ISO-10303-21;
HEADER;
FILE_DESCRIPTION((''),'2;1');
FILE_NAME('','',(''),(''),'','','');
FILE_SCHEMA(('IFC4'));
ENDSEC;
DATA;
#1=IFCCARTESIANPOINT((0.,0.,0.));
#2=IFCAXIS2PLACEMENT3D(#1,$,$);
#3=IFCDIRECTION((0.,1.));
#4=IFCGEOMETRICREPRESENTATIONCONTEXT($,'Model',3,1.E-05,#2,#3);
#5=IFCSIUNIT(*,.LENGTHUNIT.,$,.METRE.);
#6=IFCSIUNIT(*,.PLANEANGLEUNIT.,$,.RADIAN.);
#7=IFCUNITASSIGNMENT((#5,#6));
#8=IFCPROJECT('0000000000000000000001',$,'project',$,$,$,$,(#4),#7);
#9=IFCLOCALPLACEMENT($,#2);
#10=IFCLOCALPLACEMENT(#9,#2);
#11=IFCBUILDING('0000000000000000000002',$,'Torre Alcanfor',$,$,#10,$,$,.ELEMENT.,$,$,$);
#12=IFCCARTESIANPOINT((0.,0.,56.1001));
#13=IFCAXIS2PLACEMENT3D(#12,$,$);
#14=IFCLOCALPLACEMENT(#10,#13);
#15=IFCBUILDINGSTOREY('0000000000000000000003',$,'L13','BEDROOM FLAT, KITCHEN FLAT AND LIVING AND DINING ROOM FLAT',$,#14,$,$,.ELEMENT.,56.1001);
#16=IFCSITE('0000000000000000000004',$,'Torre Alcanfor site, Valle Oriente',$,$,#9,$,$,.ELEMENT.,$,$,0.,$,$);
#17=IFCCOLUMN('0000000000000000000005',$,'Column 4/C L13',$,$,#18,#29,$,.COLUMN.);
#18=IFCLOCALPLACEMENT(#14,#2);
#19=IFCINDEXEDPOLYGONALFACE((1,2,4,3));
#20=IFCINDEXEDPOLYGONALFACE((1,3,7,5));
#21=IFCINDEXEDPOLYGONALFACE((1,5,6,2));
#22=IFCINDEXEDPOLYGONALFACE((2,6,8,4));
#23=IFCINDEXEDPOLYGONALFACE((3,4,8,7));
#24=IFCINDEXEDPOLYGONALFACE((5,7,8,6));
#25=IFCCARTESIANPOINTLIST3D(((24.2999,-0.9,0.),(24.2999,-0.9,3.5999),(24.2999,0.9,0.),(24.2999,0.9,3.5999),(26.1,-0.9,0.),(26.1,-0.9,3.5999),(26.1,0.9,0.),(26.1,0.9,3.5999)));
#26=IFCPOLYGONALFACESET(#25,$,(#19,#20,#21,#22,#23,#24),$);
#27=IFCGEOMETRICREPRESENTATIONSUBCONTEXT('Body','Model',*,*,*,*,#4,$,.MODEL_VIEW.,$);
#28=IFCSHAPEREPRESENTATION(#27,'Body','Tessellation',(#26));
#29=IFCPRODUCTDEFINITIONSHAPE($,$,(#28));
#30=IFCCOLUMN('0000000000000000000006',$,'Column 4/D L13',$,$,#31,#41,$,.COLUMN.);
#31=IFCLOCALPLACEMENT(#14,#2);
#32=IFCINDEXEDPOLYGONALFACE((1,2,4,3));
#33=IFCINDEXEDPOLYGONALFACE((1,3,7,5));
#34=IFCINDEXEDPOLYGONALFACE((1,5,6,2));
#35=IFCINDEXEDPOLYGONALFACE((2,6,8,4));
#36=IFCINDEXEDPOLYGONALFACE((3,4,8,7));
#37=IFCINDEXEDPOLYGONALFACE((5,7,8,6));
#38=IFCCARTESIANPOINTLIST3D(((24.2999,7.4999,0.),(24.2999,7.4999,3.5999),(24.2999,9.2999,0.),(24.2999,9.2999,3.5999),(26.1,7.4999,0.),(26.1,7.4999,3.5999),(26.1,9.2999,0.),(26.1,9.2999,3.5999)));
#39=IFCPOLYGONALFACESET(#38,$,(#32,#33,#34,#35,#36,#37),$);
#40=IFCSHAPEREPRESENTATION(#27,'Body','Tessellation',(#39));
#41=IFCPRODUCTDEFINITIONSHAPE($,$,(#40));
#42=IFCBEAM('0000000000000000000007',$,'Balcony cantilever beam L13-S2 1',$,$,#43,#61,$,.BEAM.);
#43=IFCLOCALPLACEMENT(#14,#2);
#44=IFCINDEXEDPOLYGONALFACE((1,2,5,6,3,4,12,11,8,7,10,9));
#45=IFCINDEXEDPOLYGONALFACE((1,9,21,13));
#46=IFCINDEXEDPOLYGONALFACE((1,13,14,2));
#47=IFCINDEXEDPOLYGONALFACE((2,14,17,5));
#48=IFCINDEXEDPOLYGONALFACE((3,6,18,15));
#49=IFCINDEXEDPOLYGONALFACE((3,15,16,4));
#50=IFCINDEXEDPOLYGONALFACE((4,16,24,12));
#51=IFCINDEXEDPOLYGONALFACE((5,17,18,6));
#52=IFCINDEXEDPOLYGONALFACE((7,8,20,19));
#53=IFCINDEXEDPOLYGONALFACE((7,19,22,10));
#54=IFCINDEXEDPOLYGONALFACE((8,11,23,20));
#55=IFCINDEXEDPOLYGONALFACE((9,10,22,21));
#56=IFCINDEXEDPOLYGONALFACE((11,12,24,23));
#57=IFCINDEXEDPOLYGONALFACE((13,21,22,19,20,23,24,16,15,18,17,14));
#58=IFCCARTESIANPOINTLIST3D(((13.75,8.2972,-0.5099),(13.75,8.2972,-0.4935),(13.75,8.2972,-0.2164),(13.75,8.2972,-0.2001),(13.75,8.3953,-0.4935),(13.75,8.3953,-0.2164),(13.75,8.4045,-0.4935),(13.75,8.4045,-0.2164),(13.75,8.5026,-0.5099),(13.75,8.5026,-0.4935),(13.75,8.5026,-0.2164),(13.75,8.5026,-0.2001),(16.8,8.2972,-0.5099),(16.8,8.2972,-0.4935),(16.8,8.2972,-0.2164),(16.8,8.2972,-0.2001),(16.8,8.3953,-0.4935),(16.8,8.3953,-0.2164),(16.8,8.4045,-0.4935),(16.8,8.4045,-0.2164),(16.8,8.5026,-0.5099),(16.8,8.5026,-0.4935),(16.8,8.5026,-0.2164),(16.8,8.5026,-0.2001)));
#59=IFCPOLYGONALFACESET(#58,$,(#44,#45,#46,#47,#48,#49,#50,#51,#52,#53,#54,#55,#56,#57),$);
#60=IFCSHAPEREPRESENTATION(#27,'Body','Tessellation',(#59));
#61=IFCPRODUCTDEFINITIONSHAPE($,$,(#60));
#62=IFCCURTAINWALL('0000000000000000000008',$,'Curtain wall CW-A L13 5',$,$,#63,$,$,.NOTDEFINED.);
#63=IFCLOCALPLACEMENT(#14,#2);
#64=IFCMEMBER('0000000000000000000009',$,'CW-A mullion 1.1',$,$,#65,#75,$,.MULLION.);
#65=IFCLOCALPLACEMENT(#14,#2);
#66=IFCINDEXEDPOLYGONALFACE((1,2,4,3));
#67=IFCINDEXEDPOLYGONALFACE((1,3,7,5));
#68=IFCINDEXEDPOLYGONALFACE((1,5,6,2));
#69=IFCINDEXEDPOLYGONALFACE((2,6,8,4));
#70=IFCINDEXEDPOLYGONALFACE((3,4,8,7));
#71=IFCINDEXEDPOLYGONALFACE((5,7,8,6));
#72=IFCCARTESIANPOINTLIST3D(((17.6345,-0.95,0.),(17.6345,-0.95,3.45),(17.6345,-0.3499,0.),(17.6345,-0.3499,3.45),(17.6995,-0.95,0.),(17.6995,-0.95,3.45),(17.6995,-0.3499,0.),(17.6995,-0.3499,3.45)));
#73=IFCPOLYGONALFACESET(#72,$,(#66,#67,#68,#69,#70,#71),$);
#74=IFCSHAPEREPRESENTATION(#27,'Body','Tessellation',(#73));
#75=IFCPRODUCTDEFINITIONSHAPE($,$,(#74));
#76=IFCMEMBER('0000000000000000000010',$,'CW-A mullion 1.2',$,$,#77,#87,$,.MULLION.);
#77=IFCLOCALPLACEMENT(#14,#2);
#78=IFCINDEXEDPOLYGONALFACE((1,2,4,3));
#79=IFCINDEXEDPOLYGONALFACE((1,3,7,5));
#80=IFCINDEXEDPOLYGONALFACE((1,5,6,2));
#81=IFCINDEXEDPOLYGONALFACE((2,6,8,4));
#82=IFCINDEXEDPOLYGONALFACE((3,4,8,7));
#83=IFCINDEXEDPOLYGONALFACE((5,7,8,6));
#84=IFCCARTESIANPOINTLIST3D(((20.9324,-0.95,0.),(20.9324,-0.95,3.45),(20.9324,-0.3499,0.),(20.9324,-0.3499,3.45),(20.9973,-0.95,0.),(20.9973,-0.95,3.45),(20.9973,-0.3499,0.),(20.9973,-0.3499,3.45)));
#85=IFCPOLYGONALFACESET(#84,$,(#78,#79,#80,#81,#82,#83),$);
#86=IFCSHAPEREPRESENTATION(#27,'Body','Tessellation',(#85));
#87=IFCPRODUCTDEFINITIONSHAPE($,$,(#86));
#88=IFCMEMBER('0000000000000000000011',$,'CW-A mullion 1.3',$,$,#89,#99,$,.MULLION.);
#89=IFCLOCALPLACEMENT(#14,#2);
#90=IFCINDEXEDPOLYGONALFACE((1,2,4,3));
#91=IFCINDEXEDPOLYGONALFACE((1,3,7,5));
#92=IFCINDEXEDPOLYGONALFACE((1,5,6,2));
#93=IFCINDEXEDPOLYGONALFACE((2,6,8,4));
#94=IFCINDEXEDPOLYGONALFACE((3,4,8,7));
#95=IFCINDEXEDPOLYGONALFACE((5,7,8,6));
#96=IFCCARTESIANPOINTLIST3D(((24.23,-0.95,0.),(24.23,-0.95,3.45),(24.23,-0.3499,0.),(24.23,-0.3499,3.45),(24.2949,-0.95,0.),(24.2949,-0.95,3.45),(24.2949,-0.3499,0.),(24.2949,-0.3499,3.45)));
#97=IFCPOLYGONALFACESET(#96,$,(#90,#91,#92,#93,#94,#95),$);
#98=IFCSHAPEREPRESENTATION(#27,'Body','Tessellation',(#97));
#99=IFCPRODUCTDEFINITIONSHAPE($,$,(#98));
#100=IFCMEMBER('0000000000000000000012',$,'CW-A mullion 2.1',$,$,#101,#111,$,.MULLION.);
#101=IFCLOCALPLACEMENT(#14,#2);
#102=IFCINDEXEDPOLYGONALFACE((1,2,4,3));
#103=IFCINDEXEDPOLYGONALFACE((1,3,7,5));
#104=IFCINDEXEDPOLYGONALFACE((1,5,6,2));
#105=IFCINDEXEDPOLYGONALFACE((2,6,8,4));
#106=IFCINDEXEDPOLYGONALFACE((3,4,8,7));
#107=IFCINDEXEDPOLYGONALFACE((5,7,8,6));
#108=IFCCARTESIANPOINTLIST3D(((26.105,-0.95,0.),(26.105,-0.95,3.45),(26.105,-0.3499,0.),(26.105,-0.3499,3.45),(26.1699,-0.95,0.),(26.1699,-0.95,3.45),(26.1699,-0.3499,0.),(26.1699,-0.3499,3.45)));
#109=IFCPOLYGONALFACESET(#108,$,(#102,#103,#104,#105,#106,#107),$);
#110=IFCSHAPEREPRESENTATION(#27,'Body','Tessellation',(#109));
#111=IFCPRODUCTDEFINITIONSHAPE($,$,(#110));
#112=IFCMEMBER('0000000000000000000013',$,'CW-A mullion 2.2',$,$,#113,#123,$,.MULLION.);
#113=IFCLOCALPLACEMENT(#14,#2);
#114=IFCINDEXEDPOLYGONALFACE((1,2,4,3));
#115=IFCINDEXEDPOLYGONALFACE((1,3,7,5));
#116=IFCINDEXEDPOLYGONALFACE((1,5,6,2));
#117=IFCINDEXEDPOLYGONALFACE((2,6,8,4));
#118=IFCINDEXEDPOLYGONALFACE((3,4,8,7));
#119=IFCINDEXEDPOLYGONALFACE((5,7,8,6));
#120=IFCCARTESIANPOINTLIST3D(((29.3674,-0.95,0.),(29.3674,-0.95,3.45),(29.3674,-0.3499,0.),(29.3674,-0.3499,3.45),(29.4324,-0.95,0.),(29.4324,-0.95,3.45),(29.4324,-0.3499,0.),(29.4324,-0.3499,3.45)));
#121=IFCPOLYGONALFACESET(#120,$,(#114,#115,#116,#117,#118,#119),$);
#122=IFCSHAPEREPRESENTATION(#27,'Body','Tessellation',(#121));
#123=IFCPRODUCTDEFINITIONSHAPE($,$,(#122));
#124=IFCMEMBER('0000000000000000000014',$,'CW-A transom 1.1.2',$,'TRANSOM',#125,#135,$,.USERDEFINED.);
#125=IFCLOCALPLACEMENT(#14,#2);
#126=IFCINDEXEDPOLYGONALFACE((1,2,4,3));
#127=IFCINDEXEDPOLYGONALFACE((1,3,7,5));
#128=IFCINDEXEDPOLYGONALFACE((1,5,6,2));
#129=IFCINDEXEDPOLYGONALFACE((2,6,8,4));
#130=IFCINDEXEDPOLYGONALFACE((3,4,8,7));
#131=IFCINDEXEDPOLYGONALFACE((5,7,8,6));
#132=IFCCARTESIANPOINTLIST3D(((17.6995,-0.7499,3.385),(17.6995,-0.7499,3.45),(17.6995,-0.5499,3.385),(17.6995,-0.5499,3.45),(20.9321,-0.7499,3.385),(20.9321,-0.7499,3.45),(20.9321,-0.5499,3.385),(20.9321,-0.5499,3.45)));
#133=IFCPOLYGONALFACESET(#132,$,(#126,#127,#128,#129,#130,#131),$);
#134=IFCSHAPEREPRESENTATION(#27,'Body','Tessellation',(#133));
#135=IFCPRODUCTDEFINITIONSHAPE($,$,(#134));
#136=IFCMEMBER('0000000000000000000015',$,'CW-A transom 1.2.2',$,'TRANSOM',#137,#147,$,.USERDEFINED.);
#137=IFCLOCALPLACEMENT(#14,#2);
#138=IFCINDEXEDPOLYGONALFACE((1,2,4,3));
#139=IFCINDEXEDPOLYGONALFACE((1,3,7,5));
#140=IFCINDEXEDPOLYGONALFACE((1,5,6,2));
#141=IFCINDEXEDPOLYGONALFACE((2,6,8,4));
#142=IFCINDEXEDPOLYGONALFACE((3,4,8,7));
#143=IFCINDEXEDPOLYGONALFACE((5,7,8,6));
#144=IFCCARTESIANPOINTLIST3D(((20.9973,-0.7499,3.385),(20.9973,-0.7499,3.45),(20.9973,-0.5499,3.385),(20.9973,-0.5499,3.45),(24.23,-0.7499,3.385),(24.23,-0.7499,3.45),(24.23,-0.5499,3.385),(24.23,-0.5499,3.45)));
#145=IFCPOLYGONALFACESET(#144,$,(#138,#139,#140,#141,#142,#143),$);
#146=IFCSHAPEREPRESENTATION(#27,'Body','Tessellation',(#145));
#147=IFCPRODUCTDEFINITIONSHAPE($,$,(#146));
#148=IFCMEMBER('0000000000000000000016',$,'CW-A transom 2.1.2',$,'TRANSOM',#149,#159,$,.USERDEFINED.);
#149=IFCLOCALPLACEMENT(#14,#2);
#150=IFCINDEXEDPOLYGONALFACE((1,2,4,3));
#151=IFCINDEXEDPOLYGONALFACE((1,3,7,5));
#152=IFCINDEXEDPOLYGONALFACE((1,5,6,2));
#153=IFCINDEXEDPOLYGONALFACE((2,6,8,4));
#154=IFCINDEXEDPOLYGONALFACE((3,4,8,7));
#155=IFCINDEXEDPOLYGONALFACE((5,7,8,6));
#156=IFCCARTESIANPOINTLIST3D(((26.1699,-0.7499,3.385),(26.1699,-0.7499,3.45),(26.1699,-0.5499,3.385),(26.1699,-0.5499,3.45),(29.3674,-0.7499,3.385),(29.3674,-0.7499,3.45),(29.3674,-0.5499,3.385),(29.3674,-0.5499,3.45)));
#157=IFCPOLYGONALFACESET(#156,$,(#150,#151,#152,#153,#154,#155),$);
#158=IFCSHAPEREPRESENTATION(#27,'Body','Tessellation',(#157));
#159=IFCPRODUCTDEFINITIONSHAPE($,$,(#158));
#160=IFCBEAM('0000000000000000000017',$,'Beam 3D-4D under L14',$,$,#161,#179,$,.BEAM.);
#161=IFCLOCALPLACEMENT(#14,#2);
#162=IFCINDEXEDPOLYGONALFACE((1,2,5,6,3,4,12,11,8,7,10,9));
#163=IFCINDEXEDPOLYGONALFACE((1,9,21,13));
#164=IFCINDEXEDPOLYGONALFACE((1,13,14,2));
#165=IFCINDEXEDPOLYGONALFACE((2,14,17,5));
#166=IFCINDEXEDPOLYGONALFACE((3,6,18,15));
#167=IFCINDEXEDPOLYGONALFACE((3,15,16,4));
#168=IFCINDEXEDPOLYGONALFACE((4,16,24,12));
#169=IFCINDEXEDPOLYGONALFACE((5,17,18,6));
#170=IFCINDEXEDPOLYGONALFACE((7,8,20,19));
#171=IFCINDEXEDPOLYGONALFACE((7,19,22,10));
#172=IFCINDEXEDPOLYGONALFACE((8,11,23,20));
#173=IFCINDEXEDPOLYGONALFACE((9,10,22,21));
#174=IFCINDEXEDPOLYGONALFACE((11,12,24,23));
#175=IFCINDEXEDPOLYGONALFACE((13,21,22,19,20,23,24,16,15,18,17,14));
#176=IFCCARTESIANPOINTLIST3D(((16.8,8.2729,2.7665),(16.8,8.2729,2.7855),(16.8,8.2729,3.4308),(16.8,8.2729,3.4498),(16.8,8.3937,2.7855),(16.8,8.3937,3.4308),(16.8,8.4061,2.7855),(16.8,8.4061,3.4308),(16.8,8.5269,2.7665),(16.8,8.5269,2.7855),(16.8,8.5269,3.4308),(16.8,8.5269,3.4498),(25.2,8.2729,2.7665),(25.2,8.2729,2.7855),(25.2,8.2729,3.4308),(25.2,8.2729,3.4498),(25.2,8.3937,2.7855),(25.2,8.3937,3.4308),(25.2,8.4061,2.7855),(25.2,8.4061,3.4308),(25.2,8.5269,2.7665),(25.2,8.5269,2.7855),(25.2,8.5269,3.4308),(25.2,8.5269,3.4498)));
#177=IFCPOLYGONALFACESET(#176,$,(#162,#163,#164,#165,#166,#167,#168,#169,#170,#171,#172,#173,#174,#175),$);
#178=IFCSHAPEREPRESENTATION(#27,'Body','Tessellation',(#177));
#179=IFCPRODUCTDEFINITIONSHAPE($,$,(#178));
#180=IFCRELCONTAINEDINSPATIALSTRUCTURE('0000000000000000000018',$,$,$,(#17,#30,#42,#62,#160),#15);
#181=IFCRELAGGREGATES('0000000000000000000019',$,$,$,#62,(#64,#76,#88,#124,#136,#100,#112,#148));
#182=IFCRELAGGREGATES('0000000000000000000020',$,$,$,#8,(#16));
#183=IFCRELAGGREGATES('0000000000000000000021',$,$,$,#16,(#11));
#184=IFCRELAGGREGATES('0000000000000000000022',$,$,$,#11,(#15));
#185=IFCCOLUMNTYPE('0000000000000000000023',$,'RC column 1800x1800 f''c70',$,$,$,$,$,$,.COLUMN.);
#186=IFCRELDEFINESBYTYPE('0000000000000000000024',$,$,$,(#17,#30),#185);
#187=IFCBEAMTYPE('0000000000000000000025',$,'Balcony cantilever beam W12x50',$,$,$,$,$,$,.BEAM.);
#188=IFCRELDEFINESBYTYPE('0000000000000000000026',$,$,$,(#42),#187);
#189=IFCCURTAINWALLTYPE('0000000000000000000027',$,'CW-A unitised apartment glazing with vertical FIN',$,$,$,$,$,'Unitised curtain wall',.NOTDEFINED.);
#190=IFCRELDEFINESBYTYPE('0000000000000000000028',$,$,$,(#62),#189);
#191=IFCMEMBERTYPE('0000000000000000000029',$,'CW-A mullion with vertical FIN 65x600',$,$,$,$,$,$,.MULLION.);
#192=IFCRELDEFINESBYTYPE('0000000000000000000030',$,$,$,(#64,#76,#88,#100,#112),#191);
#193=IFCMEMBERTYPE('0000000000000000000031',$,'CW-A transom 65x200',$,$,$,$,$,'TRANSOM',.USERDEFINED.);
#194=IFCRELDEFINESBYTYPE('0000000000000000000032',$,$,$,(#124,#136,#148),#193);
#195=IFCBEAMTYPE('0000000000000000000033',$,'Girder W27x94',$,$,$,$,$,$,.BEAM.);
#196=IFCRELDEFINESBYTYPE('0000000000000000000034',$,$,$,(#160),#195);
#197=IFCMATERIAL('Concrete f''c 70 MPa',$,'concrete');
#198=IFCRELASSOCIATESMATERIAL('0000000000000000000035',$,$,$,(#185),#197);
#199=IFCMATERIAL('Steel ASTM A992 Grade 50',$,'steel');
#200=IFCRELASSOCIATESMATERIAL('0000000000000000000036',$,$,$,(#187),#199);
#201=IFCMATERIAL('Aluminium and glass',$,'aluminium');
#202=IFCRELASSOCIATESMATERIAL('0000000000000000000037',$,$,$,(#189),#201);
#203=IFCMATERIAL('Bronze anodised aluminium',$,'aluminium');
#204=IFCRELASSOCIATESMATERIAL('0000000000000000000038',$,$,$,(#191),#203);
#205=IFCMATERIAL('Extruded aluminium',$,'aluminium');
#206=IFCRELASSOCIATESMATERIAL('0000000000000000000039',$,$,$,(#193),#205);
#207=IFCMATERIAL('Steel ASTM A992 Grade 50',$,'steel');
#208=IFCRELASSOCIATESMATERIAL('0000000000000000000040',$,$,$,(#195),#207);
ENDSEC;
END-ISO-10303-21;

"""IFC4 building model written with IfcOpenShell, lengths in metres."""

from ifc_helpers import new_model, si_unit, direction, frame, origin, origin_2d, place, context, subcontext, project, spatial, rectangle, i_section, extrude, material, material_profile, profile_set, type_object, element, aggregate, save


model = new_model("IFC4")

# Units and contexts
model_context = context("Model", 3, precision=1e-05, world=origin(), true_north=direction((0.0, 1.0)))
body_context = subcontext(model_context, "Body", "Model", "MODEL_VIEW")
ifc_project = project(units=[si_unit("LENGTHUNIT", "METRE"), si_unit("PLANEANGLEUNIT", "RADIAN")], contexts=[model_context])

# Site, building, storey
site_placement = place(None, origin())
site = spatial("IfcSite", under=ifc_project, at=site_placement, Name="Torre Alcanfor site, Valle Oriente", CompositionType="ELEMENT", RefElevation=0.0)
building_placement = place(site_placement, origin())
building = spatial("IfcBuilding", under=site, at=building_placement, Name="Torre Alcanfor", CompositionType="ELEMENT")
storey_placement = place(building_placement, frame((0.0, 0.0, 56.1001)))
storey = spatial("IfcBuildingStorey", under=building, at=storey_placement, Name="L13", Description="BEDROOM FLAT, KITCHEN FLAT AND LIVING AND DINING ROOM FLAT", CompositionType="ELEMENT", Elevation=56.1001)

# Columns
ifc_material_1 = material(Name="Concrete f'c 70 MPa", Category="concrete")
ifc_material_profile_1 = material_profile(ifc_material_1, rectangle(XDim=1.8, YDim=1.8, at=origin_2d()), Name="1800x1800")
ifc_profile_set_1 = profile_set([ifc_material_profile_1], Name="Concrete f'c 70 MPa")
column_type = type_object("IfcColumnType", Name="RC column 1800x1800 f'c70", PredefinedType="COLUMN", material=ifc_profile_set_1)
for number, where, z_axis, x_axis, name in (
    (1, (25.2, 0.0, 0.0), (0.0, 0.0, 1.0), (1.0, 0.0, 0.0), "Column 4/C L13"),
    (2, (25.2, 8.3999, 0.0), (0.0, 0.0, 1.0), (1.0, 0.0, 0.0), "Column 4/D L13"),
):
    element("IfcColumn", number, at=place(storey_placement, frame(where, z_axis=z_axis, x_axis=x_axis)), inside=storey, type_object=column_type, Name=name, PredefinedType="COLUMN", context=body_context, shape_type="SweptSolid", body=[
        extrude(rectangle(XDim=1.8, YDim=1.8, at=origin_2d()), origin(), (0.0, 0.0, 1.0), 3.5999),
    ])

# Beam
ifc_material_2 = material(Name="Steel ASTM A992 Grade 50", Category="steel")
ifc_material_profile_2 = material_profile(ifc_material_2, i_section(OverallWidth=0.2053, OverallDepth=0.3098, WebThickness=0.0093, FlangeThickness=0.0164, at=origin_2d()), Name="W12x50")
ifc_profile_set_2 = profile_set([ifc_material_profile_2], Name="Steel ASTM A992 Grade 50")
beam_type_1 = type_object("IfcBeamType", Name="Balcony cantilever beam W12x50", PredefinedType="BEAM", material=ifc_profile_set_2)
beam_1_placement = place(storey_placement, frame((16.8, 8.3999, -0.355), z_axis=(-1.0, 0.0, 0.0), x_axis=(0.0, -1.0, 0.0)))
element("IfcBeam", 3, at=beam_1_placement, inside=storey, type_object=beam_type_1, Name="Balcony cantilever beam L13-S2 1", PredefinedType="BEAM", context=body_context, shape_type="SweptSolid", body=[
    extrude(i_section(OverallWidth=0.2053, OverallDepth=0.3098, WebThickness=0.0093, FlangeThickness=0.0164, at=origin_2d()), origin(), (0.0, 0.0, 1.0), 3.05),
])

# Curtain wall, members
ifc_material_3 = material(Name="Aluminium and glass", Category="aluminium")
curtain_wall_type = type_object("IfcCurtainWallType", Name="CW-A unitised apartment glazing with vertical FIN", ElementType="Unitised curtain wall", PredefinedType="NOTDEFINED", material=ifc_material_3)
curtain_wall_placement = place(storey_placement, origin())
curtain_wall = element("IfcCurtainWall", 4, at=curtain_wall_placement, inside=storey, type_object=curtain_wall_type, Name="Curtain wall CW-A L13 5", PredefinedType="NOTDEFINED")
ifc_material_4 = material(Name="Bronze anodised aluminium", Category="aluminium")
ifc_material_profile_3 = material_profile(ifc_material_4, rectangle(XDim=0.6001, YDim=0.0649, at=origin_2d()), Name="CW-A mullion 65x600")
ifc_profile_set_3 = profile_set([ifc_material_profile_3], Name="Bronze anodised aluminium")
member_type_1 = type_object("IfcMemberType", Name="CW-A mullion with vertical FIN 65x600", PredefinedType="MULLION", material=ifc_profile_set_3)
member_1_placement = place(storey_placement, frame((17.667, -0.6499, 0.0), z_axis=(0.0, 0.0, 1.0), x_axis=(0.0, 1.0, 0.0)))
member_1 = element("IfcMember", 5, at=member_1_placement, type_object=member_type_1, Name="CW-A mullion 1.1", PredefinedType="MULLION", context=body_context, shape_type="SweptSolid", body=[
    extrude(rectangle(XDim=0.6001, YDim=0.0649, at=origin_2d()), origin(), (0.0, 0.0, 1.0), 3.45),
])
member_2_placement = place(storey_placement, frame((20.9648, -0.6499, 0.0), z_axis=(0.0, 0.0, 1.0), x_axis=(0.0, 1.0, 0.0)))
member_2 = element("IfcMember", 6, at=member_2_placement, type_object=member_type_1, Name="CW-A mullion 1.2", PredefinedType="MULLION", context=body_context, shape_type="SweptSolid", body=[
    extrude(rectangle(XDim=0.6001, YDim=0.0649, at=origin_2d()), origin(), (0.0, 0.0, 1.0), 3.45),
])
member_3_placement = place(storey_placement, frame((24.2625, -0.6499, 0.0), z_axis=(0.0, 0.0, 1.0), x_axis=(0.0, 1.0, 0.0)))
member_3 = element("IfcMember", 7, at=member_3_placement, type_object=member_type_1, Name="CW-A mullion 1.3", PredefinedType="MULLION", context=body_context, shape_type="SweptSolid", body=[
    extrude(rectangle(XDim=0.6001, YDim=0.0649, at=origin_2d()), origin(), (0.0, 0.0, 1.0), 3.45),
])
member_4_placement = place(storey_placement, frame((26.1375, -0.6499, 0.0), z_axis=(0.0, 0.0, 1.0), x_axis=(0.0, 1.0, 0.0)))
member_4 = element("IfcMember", 8, at=member_4_placement, type_object=member_type_1, Name="CW-A mullion 2.1", PredefinedType="MULLION", context=body_context, shape_type="SweptSolid", body=[
    extrude(rectangle(XDim=0.6001, YDim=0.0649, at=origin_2d()), origin(), (0.0, 0.0, 1.0), 3.45),
])
member_5_placement = place(storey_placement, frame((29.3999, -0.6499, 0.0), z_axis=(0.0, 0.0, 1.0), x_axis=(0.0, 1.0, 0.0)))
member_5 = element("IfcMember", 9, at=member_5_placement, type_object=member_type_1, Name="CW-A mullion 2.2", PredefinedType="MULLION", context=body_context, shape_type="SweptSolid", body=[
    extrude(rectangle(XDim=0.6001, YDim=0.0649, at=origin_2d()), origin(), (0.0, 0.0, 1.0), 3.45),
])
ifc_material_5 = material(Name="Extruded aluminium", Category="aluminium")
ifc_material_profile_4 = material_profile(ifc_material_5, rectangle(XDim=0.2, YDim=0.0649, at=origin_2d()), Name="CW-A transom 200x65")
ifc_profile_set_4 = profile_set([ifc_material_profile_4], Name="Extruded aluminium")
member_type_2 = type_object("IfcMemberType", Name="CW-A transom 65x200", ElementType="TRANSOM", PredefinedType="USERDEFINED", material=ifc_profile_set_4)
member_6_placement = place(storey_placement, frame((17.6995, -0.6499, 3.4175), z_axis=(1.0, 0.0, 0.0), x_axis=(0.0, 1.0, 0.0)))
member_6 = element("IfcMember", 10, at=member_6_placement, type_object=member_type_2, Name="CW-A transom 1.1.2", ObjectType="TRANSOM", PredefinedType="USERDEFINED", context=body_context, shape_type="SweptSolid", body=[
    extrude(rectangle(XDim=0.2, YDim=0.0649, at=origin_2d()), origin(), (0.0, 0.0, 1.0), 3.2327),
])
member_7_placement = place(storey_placement, frame((20.9973, -0.6499, 3.4175), z_axis=(1.0, 0.0, 0.0), x_axis=(0.0, 1.0, 0.0)))
member_7 = element("IfcMember", 11, at=member_7_placement, type_object=member_type_2, Name="CW-A transom 1.2.2", ObjectType="TRANSOM", PredefinedType="USERDEFINED", context=body_context, shape_type="SweptSolid", body=[
    extrude(rectangle(XDim=0.2, YDim=0.0649, at=origin_2d()), origin(), (0.0, 0.0, 1.0), 3.2327),
])
member_8_placement = place(storey_placement, frame((26.1699, -0.6499, 3.4175), z_axis=(1.0, 0.0, 0.0), x_axis=(0.0, 1.0, 0.0)))
member_8 = element("IfcMember", 12, at=member_8_placement, type_object=member_type_2, Name="CW-A transom 2.1.2", ObjectType="TRANSOM", PredefinedType="USERDEFINED", context=body_context, shape_type="SweptSolid", body=[
    extrude(rectangle(XDim=0.2, YDim=0.0649, at=origin_2d()), origin(), (0.0, 0.0, 1.0), 3.1975),
])

# Beam
ifc_material_6 = material(Name="Steel ASTM A992 Grade 50", Category="steel")
ifc_material_profile_5 = material_profile(ifc_material_6, i_section(OverallWidth=0.2539, OverallDepth=0.6833, WebThickness=0.0125, FlangeThickness=0.019, at=origin_2d()), Name="W27x94")
ifc_profile_set_5 = profile_set([ifc_material_profile_5], Name="Steel ASTM A992 Grade 50")
beam_type_2 = type_object("IfcBeamType", Name="Girder W27x94", PredefinedType="BEAM", material=ifc_profile_set_5)
beam_2_placement = place(storey_placement, frame((16.8, 8.3999, 3.1082), z_axis=(1.0, 0.0, 0.0), x_axis=(0.0, 1.0, 0.0)))
element("IfcBeam", 13, at=beam_2_placement, inside=storey, type_object=beam_type_2, Name="Beam 3D-4D under L14", PredefinedType="BEAM", context=body_context, shape_type="SweptSolid", body=[
    extrude(i_section(OverallWidth=0.2539, OverallDepth=0.6833, WebThickness=0.0125, FlangeThickness=0.019, at=origin_2d()), origin(), (0.0, 0.0, 1.0), 8.3999),
])

aggregate(curtain_wall, [member_1, member_2, member_3, member_6, member_7, member_4, member_5, member_8])

save(model, "model.ifc")
